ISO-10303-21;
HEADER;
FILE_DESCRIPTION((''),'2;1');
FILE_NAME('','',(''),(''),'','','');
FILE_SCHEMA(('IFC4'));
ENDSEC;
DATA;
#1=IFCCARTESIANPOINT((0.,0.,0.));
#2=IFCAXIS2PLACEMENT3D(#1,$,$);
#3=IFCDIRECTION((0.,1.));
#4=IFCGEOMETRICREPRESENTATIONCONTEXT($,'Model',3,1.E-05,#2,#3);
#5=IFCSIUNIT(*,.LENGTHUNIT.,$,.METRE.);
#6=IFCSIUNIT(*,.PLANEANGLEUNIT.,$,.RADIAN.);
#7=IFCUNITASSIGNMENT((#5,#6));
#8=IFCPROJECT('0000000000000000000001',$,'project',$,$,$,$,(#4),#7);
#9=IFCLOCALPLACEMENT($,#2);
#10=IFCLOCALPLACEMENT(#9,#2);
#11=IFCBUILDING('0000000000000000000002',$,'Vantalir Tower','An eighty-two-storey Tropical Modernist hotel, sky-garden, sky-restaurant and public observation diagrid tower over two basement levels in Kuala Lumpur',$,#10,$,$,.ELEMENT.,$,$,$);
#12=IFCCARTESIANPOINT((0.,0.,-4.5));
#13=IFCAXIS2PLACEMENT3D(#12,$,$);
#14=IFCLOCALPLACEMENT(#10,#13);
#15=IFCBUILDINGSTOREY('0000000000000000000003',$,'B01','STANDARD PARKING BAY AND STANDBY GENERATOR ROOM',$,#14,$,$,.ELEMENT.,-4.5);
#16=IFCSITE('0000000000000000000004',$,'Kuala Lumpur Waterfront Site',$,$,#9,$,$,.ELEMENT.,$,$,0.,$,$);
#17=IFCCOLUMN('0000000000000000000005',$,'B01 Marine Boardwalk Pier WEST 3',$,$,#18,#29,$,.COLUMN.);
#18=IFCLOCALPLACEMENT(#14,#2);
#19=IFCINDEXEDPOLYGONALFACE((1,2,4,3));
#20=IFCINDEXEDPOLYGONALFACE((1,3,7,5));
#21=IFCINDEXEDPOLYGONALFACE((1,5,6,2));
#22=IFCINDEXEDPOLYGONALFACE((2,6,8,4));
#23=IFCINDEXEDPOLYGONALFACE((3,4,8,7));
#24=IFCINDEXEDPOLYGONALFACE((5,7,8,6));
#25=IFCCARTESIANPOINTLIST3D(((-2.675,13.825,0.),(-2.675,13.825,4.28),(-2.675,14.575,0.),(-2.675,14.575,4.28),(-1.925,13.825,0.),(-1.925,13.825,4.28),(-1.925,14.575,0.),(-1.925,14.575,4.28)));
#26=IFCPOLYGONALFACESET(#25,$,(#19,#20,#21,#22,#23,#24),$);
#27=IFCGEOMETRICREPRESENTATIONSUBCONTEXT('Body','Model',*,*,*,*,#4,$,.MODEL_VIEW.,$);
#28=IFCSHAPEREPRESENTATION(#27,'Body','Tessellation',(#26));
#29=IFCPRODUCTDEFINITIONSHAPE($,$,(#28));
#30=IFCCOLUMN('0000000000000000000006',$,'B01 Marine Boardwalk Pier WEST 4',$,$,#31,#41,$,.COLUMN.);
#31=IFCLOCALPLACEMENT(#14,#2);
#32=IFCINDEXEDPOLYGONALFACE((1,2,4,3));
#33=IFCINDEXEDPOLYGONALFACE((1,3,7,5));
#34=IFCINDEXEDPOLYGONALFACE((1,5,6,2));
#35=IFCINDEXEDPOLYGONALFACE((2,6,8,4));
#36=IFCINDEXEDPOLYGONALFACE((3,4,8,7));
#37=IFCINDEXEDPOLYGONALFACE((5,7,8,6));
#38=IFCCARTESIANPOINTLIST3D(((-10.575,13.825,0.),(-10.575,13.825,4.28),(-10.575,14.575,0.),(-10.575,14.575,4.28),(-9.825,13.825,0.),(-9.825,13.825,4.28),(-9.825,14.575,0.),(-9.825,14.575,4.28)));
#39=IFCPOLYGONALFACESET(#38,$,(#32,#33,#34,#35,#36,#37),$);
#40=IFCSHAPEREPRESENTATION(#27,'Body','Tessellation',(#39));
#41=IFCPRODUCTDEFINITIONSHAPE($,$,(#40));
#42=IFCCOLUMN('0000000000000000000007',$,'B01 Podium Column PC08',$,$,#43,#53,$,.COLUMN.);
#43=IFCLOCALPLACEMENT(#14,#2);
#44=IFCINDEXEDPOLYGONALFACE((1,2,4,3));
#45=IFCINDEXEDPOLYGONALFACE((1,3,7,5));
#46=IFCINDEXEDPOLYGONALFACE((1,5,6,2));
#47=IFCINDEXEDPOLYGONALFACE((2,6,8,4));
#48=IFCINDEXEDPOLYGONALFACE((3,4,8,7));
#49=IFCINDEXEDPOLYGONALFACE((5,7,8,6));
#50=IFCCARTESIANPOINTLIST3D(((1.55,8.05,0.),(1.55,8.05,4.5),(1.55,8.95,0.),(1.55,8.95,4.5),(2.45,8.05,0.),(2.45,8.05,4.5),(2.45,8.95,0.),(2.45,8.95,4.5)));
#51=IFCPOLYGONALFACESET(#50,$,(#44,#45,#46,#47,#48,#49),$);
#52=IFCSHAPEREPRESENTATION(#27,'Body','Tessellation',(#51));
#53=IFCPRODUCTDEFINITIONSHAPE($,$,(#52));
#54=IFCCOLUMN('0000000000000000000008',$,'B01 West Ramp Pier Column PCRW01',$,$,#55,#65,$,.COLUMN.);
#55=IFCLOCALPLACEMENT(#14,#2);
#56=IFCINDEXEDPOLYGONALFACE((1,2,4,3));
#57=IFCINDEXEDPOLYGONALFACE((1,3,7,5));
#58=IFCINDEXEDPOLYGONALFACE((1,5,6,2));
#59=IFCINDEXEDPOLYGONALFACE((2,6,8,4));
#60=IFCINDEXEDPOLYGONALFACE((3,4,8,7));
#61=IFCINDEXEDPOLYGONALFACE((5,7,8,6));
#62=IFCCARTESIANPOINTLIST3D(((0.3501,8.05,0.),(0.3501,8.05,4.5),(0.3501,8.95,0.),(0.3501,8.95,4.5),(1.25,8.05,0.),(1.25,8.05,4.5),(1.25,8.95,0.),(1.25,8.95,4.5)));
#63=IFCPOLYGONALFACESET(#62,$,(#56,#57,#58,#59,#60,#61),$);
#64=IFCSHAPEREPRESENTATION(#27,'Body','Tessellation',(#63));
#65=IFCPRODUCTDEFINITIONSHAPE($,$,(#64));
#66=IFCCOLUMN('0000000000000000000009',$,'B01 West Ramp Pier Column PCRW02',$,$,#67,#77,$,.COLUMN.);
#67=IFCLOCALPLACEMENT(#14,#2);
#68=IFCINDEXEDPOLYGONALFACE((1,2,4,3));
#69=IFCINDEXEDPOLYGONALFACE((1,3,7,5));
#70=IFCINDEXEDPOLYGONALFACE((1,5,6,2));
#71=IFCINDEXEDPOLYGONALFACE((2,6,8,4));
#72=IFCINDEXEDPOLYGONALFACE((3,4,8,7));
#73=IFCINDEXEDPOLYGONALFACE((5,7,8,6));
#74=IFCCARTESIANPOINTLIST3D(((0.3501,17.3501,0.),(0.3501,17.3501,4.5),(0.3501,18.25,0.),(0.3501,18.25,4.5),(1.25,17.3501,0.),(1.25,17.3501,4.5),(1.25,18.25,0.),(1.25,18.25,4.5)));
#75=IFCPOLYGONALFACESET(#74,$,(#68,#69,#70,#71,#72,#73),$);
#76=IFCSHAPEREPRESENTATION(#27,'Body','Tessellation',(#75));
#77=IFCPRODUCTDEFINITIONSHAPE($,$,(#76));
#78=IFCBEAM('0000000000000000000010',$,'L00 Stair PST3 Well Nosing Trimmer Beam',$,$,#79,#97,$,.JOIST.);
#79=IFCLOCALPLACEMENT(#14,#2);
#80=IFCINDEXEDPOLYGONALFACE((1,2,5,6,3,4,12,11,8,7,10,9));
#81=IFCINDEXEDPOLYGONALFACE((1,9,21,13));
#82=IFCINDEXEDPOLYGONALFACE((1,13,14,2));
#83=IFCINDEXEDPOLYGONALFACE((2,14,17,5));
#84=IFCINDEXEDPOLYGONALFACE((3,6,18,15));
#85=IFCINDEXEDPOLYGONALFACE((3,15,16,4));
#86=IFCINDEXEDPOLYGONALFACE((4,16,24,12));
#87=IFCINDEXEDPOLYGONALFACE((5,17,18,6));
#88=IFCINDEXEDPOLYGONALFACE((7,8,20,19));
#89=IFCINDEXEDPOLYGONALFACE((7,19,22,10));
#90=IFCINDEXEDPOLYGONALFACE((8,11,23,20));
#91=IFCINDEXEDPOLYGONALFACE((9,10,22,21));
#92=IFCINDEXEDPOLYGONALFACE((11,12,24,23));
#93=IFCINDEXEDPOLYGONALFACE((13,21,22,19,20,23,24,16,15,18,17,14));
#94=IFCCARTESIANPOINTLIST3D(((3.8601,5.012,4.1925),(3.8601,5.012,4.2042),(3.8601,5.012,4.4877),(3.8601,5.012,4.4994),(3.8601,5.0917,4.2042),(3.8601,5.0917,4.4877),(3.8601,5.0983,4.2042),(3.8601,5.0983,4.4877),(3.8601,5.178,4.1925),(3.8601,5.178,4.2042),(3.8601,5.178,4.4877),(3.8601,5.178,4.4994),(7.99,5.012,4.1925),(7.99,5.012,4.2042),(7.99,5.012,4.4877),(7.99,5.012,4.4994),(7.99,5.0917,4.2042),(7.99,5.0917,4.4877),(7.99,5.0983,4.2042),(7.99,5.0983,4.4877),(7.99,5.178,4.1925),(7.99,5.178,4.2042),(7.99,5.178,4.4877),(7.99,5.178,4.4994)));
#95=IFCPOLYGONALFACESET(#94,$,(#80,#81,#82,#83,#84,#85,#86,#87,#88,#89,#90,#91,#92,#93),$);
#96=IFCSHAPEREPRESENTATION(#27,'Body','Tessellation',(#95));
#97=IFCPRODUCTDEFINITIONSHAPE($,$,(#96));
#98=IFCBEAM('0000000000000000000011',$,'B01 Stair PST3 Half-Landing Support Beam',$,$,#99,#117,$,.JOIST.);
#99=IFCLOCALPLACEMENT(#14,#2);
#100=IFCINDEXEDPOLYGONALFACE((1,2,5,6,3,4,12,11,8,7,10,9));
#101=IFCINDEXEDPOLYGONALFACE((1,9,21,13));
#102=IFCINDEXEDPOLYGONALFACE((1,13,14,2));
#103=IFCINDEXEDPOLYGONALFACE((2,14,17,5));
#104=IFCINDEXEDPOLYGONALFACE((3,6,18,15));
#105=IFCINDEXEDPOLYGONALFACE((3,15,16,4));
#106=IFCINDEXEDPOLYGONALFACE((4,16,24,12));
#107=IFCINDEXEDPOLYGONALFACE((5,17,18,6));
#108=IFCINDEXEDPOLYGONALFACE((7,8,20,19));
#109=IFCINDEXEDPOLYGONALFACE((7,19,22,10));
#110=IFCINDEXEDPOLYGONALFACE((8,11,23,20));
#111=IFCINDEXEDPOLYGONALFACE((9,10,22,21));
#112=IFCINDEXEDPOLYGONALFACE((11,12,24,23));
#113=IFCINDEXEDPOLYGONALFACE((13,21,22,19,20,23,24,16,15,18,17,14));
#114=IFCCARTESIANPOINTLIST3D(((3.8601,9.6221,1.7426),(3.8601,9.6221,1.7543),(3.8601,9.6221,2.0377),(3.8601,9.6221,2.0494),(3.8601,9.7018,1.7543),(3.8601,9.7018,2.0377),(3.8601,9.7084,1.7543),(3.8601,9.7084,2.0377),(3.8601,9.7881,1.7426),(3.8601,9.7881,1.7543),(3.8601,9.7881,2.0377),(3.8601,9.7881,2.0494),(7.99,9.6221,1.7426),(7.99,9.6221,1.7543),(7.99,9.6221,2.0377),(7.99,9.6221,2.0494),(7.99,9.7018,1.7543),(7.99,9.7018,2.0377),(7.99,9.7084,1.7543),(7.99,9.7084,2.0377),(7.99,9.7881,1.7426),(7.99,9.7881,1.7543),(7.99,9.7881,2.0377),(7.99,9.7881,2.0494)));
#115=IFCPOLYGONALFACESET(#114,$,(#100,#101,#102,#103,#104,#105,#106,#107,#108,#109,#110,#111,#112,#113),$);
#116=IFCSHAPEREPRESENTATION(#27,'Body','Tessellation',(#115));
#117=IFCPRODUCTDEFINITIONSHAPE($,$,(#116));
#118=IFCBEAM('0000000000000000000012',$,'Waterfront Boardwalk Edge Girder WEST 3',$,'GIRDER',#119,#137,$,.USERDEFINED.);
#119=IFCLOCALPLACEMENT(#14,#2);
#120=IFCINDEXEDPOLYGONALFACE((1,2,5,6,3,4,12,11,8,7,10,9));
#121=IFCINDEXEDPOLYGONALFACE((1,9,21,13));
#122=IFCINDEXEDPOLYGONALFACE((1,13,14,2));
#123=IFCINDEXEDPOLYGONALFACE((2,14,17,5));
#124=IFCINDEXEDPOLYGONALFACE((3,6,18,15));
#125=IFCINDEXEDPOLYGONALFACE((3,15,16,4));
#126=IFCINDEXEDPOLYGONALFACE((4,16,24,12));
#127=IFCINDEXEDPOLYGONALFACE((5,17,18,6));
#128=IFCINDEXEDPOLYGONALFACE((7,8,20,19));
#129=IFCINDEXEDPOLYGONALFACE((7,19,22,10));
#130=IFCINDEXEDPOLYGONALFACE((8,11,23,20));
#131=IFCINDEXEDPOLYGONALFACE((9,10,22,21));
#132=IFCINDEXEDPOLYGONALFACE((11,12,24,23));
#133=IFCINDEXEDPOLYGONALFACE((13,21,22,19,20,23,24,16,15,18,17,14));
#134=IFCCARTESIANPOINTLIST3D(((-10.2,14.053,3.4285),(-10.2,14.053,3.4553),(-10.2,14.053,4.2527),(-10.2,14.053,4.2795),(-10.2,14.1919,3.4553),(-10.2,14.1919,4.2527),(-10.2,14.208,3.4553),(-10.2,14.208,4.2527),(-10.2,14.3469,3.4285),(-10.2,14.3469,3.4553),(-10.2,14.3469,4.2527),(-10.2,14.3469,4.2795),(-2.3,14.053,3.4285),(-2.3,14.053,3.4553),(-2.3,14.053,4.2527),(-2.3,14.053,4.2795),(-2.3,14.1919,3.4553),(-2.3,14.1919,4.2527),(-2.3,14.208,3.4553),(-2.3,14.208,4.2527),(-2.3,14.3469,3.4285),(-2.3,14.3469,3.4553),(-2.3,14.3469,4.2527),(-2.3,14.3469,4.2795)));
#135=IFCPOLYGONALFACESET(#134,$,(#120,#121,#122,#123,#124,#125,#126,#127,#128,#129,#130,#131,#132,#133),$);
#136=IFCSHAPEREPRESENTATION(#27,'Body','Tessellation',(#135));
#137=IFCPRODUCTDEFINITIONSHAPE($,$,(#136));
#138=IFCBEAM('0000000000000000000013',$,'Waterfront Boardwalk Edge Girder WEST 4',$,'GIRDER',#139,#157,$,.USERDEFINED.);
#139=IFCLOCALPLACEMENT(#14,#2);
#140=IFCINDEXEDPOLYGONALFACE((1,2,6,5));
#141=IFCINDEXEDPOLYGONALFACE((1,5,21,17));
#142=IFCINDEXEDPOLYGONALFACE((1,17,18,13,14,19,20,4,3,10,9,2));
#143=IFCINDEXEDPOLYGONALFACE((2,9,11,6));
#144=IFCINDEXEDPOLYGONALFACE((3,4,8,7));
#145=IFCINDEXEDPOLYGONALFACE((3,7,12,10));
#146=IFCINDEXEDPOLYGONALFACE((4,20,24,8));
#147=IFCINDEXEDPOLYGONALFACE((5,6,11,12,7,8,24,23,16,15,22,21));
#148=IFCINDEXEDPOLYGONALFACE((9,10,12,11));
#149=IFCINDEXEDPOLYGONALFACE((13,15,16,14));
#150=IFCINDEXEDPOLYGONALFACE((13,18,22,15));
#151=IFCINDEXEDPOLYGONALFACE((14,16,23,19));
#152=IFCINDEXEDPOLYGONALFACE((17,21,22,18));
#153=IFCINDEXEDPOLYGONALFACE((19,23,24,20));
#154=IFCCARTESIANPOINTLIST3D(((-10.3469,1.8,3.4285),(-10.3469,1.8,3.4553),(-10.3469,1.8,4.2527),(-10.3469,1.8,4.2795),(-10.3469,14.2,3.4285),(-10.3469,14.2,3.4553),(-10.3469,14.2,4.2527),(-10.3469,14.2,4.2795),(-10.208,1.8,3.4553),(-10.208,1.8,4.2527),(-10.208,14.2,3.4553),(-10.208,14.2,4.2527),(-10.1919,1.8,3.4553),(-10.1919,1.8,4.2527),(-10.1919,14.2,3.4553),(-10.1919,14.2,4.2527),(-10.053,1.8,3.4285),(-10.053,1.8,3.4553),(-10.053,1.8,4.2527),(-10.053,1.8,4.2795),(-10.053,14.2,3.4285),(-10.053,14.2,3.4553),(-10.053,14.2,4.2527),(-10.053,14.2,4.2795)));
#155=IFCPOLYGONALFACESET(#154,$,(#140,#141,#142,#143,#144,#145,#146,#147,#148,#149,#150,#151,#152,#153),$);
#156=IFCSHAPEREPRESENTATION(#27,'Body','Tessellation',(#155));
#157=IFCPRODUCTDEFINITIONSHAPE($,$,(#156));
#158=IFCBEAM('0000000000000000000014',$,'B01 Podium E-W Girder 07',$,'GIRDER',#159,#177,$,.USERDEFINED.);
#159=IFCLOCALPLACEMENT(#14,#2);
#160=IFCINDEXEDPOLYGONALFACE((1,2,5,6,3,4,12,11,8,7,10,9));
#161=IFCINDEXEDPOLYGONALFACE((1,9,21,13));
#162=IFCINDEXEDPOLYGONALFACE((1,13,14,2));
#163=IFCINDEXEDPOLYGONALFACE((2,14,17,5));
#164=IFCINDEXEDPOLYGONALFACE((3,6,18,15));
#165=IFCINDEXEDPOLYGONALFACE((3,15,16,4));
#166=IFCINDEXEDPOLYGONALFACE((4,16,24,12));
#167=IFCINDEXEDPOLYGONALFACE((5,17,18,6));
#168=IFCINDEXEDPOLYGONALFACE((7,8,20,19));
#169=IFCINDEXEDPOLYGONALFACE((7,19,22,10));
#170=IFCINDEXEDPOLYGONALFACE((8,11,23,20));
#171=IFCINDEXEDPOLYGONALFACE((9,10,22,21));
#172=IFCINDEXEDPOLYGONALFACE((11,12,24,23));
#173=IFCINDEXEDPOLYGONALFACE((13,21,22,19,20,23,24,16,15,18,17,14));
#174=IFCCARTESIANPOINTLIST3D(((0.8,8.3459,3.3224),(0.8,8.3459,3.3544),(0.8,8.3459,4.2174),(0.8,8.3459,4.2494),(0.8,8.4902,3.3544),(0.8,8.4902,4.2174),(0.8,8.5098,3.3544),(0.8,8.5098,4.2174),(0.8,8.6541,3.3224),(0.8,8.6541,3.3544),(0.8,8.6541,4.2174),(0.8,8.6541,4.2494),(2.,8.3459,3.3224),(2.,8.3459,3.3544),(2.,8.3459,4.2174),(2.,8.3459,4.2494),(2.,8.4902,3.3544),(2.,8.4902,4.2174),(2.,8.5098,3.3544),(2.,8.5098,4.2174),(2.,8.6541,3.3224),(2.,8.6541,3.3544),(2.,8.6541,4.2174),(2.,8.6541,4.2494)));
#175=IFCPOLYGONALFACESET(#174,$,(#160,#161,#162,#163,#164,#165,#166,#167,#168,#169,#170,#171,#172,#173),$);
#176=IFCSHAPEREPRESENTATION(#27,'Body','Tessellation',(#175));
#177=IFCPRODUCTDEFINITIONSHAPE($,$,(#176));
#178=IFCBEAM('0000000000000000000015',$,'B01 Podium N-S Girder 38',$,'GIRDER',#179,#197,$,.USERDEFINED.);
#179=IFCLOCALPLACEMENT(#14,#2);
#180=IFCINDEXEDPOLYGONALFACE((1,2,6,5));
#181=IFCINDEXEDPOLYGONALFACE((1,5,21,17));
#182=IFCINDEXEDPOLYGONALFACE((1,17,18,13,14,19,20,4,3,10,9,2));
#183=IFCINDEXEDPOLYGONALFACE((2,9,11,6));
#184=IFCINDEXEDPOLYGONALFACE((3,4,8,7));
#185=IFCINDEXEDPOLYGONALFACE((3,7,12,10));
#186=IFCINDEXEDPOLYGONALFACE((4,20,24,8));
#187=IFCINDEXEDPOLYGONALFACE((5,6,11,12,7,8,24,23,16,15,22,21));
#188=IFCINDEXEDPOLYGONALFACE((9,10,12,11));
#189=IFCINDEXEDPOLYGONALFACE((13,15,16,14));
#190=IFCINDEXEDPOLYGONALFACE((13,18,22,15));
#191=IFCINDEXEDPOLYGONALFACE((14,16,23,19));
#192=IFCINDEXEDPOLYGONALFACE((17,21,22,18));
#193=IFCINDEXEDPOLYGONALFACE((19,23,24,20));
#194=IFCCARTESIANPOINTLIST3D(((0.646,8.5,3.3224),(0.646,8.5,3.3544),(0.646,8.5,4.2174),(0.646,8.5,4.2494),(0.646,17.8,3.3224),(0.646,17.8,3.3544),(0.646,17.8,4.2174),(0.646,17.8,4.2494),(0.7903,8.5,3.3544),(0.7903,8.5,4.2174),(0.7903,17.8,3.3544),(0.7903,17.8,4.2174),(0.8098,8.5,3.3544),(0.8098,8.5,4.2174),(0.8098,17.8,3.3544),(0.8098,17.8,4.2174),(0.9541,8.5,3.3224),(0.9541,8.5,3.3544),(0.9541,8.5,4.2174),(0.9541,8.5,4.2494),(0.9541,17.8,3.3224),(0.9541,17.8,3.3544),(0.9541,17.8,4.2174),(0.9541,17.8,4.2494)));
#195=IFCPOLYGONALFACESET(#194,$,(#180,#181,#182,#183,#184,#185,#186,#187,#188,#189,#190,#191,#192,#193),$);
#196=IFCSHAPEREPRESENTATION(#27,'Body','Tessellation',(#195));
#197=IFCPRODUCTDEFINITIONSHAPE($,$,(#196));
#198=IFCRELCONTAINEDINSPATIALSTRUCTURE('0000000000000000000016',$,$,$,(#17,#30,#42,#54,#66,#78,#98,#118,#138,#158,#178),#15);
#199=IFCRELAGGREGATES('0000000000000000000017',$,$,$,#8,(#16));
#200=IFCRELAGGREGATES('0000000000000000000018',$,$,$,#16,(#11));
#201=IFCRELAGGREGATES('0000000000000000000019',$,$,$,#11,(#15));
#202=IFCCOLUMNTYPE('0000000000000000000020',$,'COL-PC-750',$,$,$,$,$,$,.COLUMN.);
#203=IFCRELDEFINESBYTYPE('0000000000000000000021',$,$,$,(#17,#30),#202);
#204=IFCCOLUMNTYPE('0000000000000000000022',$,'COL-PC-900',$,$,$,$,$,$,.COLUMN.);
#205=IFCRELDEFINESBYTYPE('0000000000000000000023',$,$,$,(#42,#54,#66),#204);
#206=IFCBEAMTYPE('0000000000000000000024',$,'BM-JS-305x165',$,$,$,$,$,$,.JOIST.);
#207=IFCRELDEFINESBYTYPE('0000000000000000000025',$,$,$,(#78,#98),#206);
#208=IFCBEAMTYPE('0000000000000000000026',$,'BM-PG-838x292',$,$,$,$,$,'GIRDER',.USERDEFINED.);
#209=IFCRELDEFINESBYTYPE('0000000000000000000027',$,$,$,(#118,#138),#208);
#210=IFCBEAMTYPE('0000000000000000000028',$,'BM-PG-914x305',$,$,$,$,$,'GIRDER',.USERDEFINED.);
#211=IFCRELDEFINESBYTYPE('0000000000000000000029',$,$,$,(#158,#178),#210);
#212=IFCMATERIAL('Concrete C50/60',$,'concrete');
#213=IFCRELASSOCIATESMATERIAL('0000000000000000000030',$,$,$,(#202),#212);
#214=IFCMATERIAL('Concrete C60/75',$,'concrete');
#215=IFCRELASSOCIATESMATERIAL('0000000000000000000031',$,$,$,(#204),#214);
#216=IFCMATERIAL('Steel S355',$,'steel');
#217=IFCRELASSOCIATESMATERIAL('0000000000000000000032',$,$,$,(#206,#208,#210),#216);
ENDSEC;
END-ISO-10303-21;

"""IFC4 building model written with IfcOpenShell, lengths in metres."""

from ifc_helpers import new_model, si_unit, direction, frame, origin, origin_2d, place, context, subcontext, project, spatial, rectangle, i_section, extrude, material, material_profile, profile_set, type_object, element, save


model = new_model("IFC4")

# Units and contexts
model_context = context("Model", 3, precision=1e-05, world=origin(), true_north=direction((0.0, 1.0)))
body_context = subcontext(model_context, "Body", "Model", "MODEL_VIEW")
ifc_project = project(units=[si_unit("LENGTHUNIT", "METRE"), si_unit("PLANEANGLEUNIT", "RADIAN")], contexts=[model_context])

# Site, building, storey
site_placement = place(None, origin())
site = spatial("IfcSite", under=ifc_project, at=site_placement, Name="Kuala Lumpur Waterfront Site", CompositionType="ELEMENT", RefElevation=0.0)
building_placement = place(site_placement, origin())
building = spatial("IfcBuilding", under=site, at=building_placement, Name="Vantalir Tower", Description="An eighty-two-storey Tropical Modernist hotel, sky-garden, sky-restaurant and public observation diagrid tower over two basement levels in Kuala Lumpur", CompositionType="ELEMENT")
storey_placement = place(building_placement, frame((0.0, 0.0, -4.5)))
storey = spatial("IfcBuildingStorey", under=building, at=storey_placement, Name="B01", Description="STANDARD PARKING BAY AND STANDBY GENERATOR ROOM", CompositionType="ELEMENT", Elevation=-4.5)

# Columns
ifc_material_1 = material(Name="Concrete C50/60", Category="concrete")
ifc_material_profile_1 = material_profile(ifc_material_1, rectangle(XDim=0.75, YDim=0.75, at=origin_2d()), Name="Concrete C50/60")
ifc_profile_set_1 = profile_set([ifc_material_profile_1], Name="Concrete C50/60")
column_type_1 = type_object("IfcColumnType", Name="COL-PC-750", PredefinedType="COLUMN", material=ifc_profile_set_1)
for number, where, z_axis, x_axis, name in (
    (1, (-2.3, 14.2, 0.0), (0.0, 0.0, 1.0), (1.0, 0.0, 0.0), "B01 Marine Boardwalk Pier WEST 3"),
    (2, (-10.2, 14.2, 0.0), (0.0, 0.0, 1.0), (1.0, 0.0, 0.0), "B01 Marine Boardwalk Pier WEST 4"),
):
    element("IfcColumn", number, at=place(storey_placement, frame(where, z_axis=z_axis, x_axis=x_axis)), inside=storey, type_object=column_type_1, Name=name, PredefinedType="COLUMN", context=body_context, shape_type="SweptSolid", body=[
        extrude(rectangle(XDim=0.75, YDim=0.75, at=origin_2d()), origin(), (0.0, 0.0, 1.0), 4.28),
    ])
ifc_material_2 = material(Name="Concrete C60/75", Category="concrete")
ifc_material_profile_2 = material_profile(ifc_material_2, rectangle(XDim=0.8999, YDim=0.8999, at=origin_2d()), Name="Concrete C60/75")
ifc_profile_set_2 = profile_set([ifc_material_profile_2], Name="Concrete C60/75")
column_type_2 = type_object("IfcColumnType", Name="COL-PC-900", PredefinedType="COLUMN", material=ifc_profile_set_2)
for number, where, z_axis, x_axis, name in (
    (3, (2.0, 8.5, 0.0), (0.0, 0.0, 1.0), (1.0, 0.0, 0.0), "B01 Podium Column PC08"),
    (4, (0.8, 8.5, 0.0), (0.0, 0.0, 1.0), (1.0, 0.0, 0.0), "B01 West Ramp Pier Column PCRW01"),
    (5, (0.8, 17.8, 0.0), (0.0, 0.0, 1.0), (1.0, 0.0, 0.0), "B01 West Ramp Pier Column PCRW02"),
):
    element("IfcColumn", number, at=place(storey_placement, frame(where, z_axis=z_axis, x_axis=x_axis)), inside=storey, type_object=column_type_2, Name=name, PredefinedType="COLUMN", context=body_context, shape_type="SweptSolid", body=[
        extrude(rectangle(XDim=0.8999, YDim=0.8999, at=origin_2d()), origin(), (0.0, 0.0, 1.0), 4.5),
    ])

# Beams
ifc_material_3 = material(Name="Steel S355", Category="steel")
ifc_material_profile_3 = material_profile(ifc_material_3, i_section(OverallWidth=0.166, OverallDepth=0.3069, WebThickness=0.0066, FlangeThickness=0.0117, at=origin_2d()), Name="Steel S355")
ifc_profile_set_3 = profile_set([ifc_material_profile_3], Name="Steel S355")
beam_type_1 = type_object("IfcBeamType", Name="BM-JS-305x165", PredefinedType="JOIST", material=ifc_profile_set_3)
for number, where, z_axis, x_axis, name in (
    (6, (3.8601, 5.095, 4.3459), (1.0, 0.0, 0.0), (0.0, 1.0, 0.0), "L00 Stair PST3 Well Nosing Trimmer Beam"),
    (7, (3.8601, 9.7051, 1.896), (1.0, 0.0, 0.0), (0.0, 1.0, 0.0), "B01 Stair PST3 Half-Landing Support Beam"),
):
    element("IfcBeam", number, at=place(storey_placement, frame(where, z_axis=z_axis, x_axis=x_axis)), inside=storey, type_object=beam_type_1, Name=name, PredefinedType="JOIST", context=body_context, shape_type="SweptSolid", body=[
        extrude(i_section(OverallWidth=0.166, OverallDepth=0.3069, WebThickness=0.0066, FlangeThickness=0.0117, at=origin_2d()), origin(), (0.0, 0.0, 1.0), 4.1299),
    ])
ifc_material_profile_4 = material_profile(ifc_material_3, i_section(OverallWidth=0.2939, OverallDepth=0.8511, WebThickness=0.0161, FlangeThickness=0.0269, at=origin_2d()), Name="Steel S355")
ifc_profile_set_4 = profile_set([ifc_material_profile_4], Name="Steel S355")
beam_type_2 = type_object("IfcBeamType", Name="BM-PG-838x292", ElementType="GIRDER", PredefinedType="USERDEFINED", material=ifc_profile_set_4)
beam_1_placement = place(storey_placement, frame((-2.3, 14.2, 3.854), z_axis=(-1.0, 0.0, 0.0), x_axis=(0.0, -1.0, 0.0)))
element("IfcBeam", 8, at=beam_1_placement, inside=storey, type_object=beam_type_2, Name="Waterfront Boardwalk Edge Girder WEST 3", ObjectType="GIRDER", PredefinedType="USERDEFINED", context=body_context, shape_type="SweptSolid", body=[
    extrude(i_section(OverallWidth=0.2939, OverallDepth=0.8511, WebThickness=0.0161, FlangeThickness=0.0269, at=origin_2d()), origin(), (0.0, 0.0, 1.0), 7.8999),
])
beam_2_placement = place(storey_placement, frame((-10.2, 14.2, 3.854), z_axis=(0.0, -1.0, 0.0), x_axis=(1.0, 0.0, 0.0)))
element("IfcBeam", 9, at=beam_2_placement, inside=storey, type_object=beam_type_2, Name="Waterfront Boardwalk Edge Girder WEST 4", ObjectType="GIRDER", PredefinedType="USERDEFINED", context=body_context, shape_type="SweptSolid", body=[
    extrude(i_section(OverallWidth=0.2939, OverallDepth=0.8511, WebThickness=0.0161, FlangeThickness=0.0269, at=origin_2d()), origin(), (0.0, 0.0, 1.0), 12.3999),
])
ifc_material_profile_5 = material_profile(ifc_material_3, i_section(OverallWidth=0.3081, OverallDepth=0.927, WebThickness=0.0195, FlangeThickness=0.032, at=origin_2d()), Name="Steel S355")
ifc_profile_set_5 = profile_set([ifc_material_profile_5], Name="Steel S355")
beam_type_3 = type_object("IfcBeamType", Name="BM-PG-914x305", ElementType="GIRDER", PredefinedType="USERDEFINED", material=ifc_profile_set_5)
beam_3_placement = place(storey_placement, frame((0.8, 8.5, 3.7859), z_axis=(1.0, 0.0, 0.0), x_axis=(0.0, 1.0, 0.0)))
element("IfcBeam", 10, at=beam_3_placement, inside=storey, type_object=beam_type_3, Name="B01 Podium E-W Girder 07", ObjectType="GIRDER", PredefinedType="USERDEFINED", context=body_context, shape_type="SweptSolid", body=[
    extrude(i_section(OverallWidth=0.3081, OverallDepth=0.927, WebThickness=0.0195, FlangeThickness=0.032, at=origin_2d()), origin(), (0.0, 0.0, 1.0), 1.2),
])
beam_4_placement = place(storey_placement, frame((0.8, 8.5, 3.7859), z_axis=(0.0, 1.0, 0.0), x_axis=(-1.0, 0.0, 0.0)))
element("IfcBeam", 11, at=beam_4_placement, inside=storey, type_object=beam_type_3, Name="B01 Podium N-S Girder 38", ObjectType="GIRDER", PredefinedType="USERDEFINED", context=body_context, shape_type="SweptSolid", body=[
    extrude(i_section(OverallWidth=0.3081, OverallDepth=0.927, WebThickness=0.0195, FlangeThickness=0.032, at=origin_2d()), origin(), (0.0, 0.0, 1.0), 9.3),
])

save(model, "model.ifc")
